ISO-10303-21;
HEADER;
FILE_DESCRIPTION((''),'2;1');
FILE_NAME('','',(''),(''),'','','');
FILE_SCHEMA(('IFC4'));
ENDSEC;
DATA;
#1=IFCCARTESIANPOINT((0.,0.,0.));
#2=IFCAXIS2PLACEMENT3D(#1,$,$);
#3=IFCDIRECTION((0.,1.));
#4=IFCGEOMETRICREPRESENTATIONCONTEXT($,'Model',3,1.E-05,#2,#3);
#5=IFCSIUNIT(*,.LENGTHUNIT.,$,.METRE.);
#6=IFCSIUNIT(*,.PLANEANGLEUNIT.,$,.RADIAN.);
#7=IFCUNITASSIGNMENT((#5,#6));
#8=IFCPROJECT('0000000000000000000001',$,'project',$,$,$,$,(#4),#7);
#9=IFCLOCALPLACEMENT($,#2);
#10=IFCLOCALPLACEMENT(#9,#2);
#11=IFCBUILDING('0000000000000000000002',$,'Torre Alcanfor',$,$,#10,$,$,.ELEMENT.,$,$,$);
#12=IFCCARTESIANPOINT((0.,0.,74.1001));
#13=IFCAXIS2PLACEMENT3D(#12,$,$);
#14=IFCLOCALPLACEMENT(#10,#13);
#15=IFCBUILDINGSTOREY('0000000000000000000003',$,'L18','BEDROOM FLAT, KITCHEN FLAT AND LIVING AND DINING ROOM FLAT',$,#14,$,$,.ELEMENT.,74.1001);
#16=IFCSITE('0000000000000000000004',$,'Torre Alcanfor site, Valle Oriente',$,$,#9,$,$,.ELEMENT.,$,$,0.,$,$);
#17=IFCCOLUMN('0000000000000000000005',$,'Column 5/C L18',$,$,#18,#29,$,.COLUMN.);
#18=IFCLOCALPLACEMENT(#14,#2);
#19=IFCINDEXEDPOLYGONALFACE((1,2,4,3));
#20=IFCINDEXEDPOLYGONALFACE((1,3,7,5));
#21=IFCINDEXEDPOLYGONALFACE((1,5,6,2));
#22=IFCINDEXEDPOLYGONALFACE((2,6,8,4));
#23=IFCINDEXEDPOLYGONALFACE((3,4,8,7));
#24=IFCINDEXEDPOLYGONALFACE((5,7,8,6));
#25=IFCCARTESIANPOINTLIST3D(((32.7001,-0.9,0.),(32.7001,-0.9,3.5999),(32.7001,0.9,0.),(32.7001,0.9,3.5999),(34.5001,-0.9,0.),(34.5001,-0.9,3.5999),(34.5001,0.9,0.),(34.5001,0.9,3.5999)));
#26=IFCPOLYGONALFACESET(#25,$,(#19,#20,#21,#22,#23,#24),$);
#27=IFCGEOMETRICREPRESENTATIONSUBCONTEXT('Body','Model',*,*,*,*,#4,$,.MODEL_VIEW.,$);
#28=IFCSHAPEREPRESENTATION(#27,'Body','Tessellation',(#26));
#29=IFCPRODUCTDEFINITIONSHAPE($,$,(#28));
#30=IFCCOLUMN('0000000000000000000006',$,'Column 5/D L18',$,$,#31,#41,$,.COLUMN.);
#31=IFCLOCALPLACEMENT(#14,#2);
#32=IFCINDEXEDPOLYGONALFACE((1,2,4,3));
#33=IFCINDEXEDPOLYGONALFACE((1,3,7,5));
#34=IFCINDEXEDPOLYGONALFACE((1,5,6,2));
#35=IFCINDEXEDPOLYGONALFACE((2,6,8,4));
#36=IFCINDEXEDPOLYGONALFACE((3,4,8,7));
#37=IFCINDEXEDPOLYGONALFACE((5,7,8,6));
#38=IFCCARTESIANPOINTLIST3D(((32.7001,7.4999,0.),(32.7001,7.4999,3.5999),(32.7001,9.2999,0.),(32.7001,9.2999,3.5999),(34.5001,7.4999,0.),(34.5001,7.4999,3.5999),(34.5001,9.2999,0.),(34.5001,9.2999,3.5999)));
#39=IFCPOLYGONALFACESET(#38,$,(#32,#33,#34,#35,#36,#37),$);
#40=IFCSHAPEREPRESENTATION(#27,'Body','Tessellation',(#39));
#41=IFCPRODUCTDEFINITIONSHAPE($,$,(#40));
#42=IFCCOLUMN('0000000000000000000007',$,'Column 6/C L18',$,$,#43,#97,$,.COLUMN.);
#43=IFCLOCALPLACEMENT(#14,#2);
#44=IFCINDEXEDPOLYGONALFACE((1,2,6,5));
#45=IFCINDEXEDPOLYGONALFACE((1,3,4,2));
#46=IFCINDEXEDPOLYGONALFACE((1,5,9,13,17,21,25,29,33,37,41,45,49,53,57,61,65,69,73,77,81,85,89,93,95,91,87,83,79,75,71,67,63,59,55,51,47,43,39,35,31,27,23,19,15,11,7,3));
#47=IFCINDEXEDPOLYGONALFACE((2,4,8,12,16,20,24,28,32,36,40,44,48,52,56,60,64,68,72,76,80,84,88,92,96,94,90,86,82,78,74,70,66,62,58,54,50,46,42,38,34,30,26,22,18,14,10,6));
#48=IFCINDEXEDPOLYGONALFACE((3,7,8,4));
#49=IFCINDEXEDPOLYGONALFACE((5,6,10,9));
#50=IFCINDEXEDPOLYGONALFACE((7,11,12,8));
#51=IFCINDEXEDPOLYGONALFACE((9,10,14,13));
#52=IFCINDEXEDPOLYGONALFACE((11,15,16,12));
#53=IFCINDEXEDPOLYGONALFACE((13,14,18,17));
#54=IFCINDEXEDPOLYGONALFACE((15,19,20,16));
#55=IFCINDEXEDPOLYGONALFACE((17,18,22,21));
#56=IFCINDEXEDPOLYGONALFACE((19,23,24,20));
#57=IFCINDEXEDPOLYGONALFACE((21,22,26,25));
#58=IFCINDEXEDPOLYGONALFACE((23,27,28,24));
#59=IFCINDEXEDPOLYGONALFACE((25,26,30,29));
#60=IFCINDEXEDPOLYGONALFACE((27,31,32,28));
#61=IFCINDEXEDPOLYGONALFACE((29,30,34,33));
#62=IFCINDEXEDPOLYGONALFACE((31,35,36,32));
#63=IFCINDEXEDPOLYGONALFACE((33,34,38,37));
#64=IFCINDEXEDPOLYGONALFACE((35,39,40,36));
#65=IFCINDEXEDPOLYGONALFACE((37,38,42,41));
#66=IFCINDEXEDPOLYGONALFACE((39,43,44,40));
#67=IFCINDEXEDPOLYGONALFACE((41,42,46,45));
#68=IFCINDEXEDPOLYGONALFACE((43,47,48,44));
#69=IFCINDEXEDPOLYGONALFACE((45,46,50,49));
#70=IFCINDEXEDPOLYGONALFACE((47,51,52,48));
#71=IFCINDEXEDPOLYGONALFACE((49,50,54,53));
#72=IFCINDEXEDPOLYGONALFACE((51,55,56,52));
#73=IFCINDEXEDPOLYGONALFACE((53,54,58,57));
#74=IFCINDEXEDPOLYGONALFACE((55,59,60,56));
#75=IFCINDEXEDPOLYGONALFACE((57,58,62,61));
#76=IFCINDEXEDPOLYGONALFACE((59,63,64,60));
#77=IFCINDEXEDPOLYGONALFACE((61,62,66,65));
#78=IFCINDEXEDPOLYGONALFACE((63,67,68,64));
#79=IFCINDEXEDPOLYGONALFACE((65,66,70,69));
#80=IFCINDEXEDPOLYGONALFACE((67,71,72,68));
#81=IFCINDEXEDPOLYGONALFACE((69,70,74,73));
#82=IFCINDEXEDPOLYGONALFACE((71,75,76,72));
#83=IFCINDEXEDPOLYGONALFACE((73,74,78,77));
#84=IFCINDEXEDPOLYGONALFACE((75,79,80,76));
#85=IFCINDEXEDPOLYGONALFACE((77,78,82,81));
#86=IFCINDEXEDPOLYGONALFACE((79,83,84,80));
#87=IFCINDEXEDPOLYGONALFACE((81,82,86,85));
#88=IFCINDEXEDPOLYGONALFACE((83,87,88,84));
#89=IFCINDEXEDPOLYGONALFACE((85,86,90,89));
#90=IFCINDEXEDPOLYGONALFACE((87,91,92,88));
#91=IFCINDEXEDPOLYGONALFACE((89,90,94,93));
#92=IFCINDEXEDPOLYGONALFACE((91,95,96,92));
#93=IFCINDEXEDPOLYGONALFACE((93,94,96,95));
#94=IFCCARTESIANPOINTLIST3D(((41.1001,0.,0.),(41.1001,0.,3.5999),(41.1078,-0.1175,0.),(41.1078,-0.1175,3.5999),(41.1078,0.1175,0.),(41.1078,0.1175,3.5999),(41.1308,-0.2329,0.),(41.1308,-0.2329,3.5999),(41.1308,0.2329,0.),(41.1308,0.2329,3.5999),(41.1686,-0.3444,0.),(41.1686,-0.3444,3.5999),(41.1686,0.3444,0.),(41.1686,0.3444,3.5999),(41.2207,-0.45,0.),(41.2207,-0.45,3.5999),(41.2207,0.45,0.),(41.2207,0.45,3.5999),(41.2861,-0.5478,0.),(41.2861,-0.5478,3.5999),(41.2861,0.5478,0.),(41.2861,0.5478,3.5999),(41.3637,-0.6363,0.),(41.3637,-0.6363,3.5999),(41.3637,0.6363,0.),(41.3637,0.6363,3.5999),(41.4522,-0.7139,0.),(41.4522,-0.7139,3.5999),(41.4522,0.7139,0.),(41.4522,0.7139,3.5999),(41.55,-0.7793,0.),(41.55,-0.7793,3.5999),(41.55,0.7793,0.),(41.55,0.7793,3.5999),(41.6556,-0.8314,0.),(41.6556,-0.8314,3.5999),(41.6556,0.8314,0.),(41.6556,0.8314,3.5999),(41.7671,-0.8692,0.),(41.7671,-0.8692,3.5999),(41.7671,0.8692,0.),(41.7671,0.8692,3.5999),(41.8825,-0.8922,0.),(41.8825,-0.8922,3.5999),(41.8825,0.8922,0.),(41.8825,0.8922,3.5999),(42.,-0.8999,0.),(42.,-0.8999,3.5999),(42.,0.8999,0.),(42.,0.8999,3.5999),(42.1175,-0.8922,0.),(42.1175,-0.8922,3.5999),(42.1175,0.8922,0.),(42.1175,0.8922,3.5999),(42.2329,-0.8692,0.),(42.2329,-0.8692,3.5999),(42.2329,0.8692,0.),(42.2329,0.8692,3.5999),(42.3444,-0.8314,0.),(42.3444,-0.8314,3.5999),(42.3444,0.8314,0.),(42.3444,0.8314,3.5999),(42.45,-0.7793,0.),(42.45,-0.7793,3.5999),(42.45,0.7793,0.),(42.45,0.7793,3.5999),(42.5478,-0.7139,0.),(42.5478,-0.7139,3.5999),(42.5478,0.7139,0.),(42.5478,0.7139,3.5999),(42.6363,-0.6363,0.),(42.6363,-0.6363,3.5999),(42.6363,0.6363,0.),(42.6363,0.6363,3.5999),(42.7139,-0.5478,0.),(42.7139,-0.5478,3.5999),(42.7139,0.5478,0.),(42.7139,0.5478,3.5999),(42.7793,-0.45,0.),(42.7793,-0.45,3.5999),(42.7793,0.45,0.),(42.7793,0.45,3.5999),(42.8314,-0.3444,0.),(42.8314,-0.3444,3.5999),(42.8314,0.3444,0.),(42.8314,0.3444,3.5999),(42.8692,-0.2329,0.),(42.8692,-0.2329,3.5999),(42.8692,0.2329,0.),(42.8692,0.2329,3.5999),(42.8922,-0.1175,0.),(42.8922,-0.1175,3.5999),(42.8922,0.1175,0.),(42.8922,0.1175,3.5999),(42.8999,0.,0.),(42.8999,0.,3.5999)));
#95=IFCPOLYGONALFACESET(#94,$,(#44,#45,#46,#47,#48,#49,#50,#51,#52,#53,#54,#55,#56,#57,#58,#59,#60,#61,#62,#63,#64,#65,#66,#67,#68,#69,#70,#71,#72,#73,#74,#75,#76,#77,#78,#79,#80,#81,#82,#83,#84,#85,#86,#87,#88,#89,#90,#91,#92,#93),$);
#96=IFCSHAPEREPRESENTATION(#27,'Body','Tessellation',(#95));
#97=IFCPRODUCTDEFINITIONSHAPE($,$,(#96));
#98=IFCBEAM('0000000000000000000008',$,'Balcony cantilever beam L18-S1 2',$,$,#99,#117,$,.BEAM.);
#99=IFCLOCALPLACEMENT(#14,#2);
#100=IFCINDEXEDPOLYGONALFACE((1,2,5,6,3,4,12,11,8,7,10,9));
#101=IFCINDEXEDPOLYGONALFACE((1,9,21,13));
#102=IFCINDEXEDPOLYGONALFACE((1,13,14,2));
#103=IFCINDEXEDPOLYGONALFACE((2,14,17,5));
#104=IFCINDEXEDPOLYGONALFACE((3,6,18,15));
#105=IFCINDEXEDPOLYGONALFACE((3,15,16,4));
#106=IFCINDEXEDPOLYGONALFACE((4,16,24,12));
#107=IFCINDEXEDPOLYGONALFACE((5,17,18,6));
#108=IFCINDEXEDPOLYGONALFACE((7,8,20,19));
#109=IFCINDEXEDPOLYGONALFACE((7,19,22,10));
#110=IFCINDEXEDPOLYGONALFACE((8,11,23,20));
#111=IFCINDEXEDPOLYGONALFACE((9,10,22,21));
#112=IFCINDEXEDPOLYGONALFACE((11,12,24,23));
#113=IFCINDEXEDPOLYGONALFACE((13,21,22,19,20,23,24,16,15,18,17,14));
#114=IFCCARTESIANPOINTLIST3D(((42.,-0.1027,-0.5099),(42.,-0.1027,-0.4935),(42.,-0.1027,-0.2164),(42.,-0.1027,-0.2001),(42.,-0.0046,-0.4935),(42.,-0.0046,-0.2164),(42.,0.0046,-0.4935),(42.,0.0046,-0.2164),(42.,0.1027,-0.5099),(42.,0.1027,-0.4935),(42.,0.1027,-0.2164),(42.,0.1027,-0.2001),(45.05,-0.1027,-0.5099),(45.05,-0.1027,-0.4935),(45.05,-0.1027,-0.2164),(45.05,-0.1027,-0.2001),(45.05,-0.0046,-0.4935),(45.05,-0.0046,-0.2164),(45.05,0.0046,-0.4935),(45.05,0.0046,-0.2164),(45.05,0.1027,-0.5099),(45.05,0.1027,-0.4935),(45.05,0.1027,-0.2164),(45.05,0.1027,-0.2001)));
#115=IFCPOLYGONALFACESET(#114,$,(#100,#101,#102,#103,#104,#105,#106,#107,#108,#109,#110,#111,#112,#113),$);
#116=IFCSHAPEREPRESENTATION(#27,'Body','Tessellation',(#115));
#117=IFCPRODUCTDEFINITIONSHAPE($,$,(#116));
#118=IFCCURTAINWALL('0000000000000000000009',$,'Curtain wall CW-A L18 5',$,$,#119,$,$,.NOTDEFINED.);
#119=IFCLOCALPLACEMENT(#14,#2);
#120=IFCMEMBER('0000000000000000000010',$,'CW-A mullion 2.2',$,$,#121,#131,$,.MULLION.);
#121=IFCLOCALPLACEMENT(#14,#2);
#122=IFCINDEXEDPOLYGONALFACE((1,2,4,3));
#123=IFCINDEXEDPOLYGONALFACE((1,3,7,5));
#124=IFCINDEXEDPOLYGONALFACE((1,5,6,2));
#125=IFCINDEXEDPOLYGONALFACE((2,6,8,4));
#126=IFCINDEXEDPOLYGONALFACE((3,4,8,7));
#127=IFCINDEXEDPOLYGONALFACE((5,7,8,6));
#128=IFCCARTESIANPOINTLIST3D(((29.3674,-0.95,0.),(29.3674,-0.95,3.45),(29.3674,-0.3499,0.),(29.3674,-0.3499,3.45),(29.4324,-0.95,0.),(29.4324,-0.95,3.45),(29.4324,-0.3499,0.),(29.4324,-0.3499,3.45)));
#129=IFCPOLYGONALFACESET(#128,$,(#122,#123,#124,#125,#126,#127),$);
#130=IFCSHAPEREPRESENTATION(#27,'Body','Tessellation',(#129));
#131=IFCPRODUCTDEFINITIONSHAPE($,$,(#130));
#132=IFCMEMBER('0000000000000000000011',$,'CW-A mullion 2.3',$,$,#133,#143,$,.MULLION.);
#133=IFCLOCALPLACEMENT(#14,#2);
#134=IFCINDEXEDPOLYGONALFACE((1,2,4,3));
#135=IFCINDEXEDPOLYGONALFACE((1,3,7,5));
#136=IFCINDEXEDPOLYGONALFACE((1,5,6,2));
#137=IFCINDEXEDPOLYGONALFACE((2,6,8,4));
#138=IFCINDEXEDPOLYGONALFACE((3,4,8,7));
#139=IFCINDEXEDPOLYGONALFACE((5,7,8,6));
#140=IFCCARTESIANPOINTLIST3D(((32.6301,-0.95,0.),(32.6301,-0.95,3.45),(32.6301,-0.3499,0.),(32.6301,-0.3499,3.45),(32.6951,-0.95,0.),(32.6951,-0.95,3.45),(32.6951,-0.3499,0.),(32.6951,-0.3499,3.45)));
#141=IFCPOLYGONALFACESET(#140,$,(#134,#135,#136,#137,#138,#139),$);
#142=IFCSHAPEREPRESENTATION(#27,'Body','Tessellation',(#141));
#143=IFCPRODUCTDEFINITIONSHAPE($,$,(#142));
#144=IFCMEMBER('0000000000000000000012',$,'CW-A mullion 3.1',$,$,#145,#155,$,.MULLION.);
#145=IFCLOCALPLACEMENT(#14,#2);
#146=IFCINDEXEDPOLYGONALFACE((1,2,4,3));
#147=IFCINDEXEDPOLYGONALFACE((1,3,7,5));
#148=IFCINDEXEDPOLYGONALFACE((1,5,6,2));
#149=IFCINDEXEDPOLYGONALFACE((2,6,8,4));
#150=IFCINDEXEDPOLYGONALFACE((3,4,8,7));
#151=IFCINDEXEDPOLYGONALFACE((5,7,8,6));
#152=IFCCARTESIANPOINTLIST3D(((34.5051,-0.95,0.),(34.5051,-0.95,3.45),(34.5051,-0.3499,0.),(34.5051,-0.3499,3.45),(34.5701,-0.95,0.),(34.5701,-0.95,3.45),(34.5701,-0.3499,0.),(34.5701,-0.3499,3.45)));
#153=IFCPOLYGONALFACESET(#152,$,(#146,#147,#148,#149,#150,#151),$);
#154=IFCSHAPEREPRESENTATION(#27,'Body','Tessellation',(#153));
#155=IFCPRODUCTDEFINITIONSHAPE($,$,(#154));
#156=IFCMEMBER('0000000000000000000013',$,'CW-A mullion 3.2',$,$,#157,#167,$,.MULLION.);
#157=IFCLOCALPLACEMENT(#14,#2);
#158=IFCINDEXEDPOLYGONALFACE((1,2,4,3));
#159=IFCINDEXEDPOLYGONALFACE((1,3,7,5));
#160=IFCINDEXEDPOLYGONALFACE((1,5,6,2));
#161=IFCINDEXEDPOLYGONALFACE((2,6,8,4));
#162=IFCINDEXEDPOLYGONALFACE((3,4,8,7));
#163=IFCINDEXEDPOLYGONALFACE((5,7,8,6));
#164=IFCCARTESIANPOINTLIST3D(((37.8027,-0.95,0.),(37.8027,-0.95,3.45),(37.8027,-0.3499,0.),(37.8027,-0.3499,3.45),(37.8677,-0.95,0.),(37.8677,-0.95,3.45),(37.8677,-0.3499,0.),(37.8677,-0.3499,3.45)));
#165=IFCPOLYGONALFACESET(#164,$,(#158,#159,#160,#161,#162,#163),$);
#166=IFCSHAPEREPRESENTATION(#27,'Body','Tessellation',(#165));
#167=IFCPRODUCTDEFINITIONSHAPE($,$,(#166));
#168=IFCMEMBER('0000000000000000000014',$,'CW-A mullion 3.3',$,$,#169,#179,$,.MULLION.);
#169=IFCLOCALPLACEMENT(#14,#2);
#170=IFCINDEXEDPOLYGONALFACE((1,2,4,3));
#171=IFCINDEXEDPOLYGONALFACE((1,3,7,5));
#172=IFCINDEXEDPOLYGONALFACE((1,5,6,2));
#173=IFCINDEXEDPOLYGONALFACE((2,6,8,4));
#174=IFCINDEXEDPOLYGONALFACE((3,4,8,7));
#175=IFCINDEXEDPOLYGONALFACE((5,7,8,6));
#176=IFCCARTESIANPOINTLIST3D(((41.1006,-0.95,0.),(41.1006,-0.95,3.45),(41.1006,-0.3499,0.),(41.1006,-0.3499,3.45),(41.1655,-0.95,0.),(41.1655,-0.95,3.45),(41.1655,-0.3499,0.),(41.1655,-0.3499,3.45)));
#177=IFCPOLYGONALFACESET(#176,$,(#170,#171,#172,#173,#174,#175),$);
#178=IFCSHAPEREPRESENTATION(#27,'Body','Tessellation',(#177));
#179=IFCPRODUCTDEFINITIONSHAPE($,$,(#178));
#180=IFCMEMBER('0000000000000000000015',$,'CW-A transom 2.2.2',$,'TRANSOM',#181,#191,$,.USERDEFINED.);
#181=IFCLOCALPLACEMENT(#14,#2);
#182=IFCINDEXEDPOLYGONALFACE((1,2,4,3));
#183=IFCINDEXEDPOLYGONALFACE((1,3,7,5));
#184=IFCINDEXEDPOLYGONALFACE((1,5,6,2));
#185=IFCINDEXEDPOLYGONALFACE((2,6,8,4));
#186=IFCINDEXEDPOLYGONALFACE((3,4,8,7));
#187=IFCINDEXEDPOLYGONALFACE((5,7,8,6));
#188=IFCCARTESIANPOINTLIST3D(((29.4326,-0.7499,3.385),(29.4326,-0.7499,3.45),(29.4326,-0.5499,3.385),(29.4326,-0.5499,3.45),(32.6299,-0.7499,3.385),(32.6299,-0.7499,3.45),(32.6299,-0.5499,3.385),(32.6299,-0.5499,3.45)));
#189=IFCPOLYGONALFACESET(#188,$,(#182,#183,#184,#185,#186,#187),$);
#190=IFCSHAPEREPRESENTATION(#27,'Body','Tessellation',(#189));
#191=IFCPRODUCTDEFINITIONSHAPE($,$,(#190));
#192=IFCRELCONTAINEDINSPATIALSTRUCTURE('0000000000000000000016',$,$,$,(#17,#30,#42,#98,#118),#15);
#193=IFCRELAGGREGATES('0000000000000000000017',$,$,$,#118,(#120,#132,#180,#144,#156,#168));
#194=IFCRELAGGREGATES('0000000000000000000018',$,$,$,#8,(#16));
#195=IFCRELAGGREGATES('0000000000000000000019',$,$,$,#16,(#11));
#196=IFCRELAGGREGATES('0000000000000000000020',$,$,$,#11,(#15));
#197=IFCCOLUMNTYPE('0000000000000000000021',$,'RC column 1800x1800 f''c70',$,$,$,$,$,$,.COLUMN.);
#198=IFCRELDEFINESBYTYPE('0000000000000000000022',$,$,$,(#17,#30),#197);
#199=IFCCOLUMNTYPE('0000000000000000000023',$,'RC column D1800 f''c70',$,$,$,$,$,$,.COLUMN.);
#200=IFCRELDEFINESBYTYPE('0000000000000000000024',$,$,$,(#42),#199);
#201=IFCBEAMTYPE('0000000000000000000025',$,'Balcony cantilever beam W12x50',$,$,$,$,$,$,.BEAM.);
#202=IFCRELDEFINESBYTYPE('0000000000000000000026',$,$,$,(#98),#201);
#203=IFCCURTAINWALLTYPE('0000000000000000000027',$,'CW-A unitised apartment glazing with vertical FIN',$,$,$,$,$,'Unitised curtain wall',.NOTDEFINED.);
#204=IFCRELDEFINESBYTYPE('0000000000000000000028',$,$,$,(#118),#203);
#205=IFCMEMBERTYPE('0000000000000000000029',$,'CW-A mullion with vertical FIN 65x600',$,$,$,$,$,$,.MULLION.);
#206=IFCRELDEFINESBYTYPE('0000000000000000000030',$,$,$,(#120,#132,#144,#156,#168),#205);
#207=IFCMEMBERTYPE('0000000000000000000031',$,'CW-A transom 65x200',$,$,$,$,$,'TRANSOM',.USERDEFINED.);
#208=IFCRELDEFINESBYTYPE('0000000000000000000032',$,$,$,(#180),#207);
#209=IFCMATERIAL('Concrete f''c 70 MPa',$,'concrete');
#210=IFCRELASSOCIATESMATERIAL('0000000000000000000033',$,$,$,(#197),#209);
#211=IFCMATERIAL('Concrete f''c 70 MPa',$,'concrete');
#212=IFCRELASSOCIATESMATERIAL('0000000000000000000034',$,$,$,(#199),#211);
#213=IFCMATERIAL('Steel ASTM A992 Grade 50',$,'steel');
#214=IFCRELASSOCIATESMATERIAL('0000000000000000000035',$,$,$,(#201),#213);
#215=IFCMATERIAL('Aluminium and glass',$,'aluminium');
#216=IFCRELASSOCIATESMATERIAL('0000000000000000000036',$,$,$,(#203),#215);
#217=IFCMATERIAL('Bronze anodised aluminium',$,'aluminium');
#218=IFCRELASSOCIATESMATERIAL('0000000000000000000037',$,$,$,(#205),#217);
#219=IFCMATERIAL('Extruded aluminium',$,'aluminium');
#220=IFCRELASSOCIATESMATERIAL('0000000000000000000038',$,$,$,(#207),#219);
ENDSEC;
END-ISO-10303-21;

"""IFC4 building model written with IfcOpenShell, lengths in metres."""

from ifc_helpers import new_model, si_unit, direction, frame, origin, origin_2d, place, context, subcontext, project, spatial, rectangle, circle, i_section, extrude, material, material_profile, profile_set, type_object, element, aggregate, save


model = new_model("IFC4")

# Units and contexts
model_context = context("Model", 3, precision=1e-05, world=origin(), true_north=direction((0.0, 1.0)))
body_context = subcontext(model_context, "Body", "Model", "MODEL_VIEW")
ifc_project = project(units=[si_unit("LENGTHUNIT", "METRE"), si_unit("PLANEANGLEUNIT", "RADIAN")], contexts=[model_context])

# Site, building, storey
site_placement = place(None, origin())
site = spatial("IfcSite", under=ifc_project, at=site_placement, Name="Torre Alcanfor site, Valle Oriente", CompositionType="ELEMENT", RefElevation=0.0)
building_placement = place(site_placement, origin())
building = spatial("IfcBuilding", under=site, at=building_placement, Name="Torre Alcanfor", CompositionType="ELEMENT")
storey_placement = place(building_placement, frame((0.0, 0.0, 74.1001)))
storey = spatial("IfcBuildingStorey", under=building, at=storey_placement, Name="L18", Description="BEDROOM FLAT, KITCHEN FLAT AND LIVING AND DINING ROOM FLAT", CompositionType="ELEMENT", Elevation=74.1001)

# Columns
ifc_material_1 = material(Name="Concrete f'c 70 MPa", Category="concrete")
ifc_material_profile_1 = material_profile(ifc_material_1, rectangle(XDim=1.8, YDim=1.8, at=origin_2d()), Name="1800x1800")
ifc_profile_set_1 = profile_set([ifc_material_profile_1], Name="Concrete f'c 70 MPa")
column_type_1 = type_object("IfcColumnType", Name="RC column 1800x1800 f'c70", PredefinedType="COLUMN", material=ifc_profile_set_1)
for number, where, z_axis, x_axis, name in (
    (1, (33.6001, 0.0, 0.0), (0.0, 0.0, 1.0), (1.0, 0.0, 0.0), "Column 5/C L18"),
    (2, (33.6001, 8.3999, 0.0), (0.0, 0.0, 1.0), (1.0, 0.0, 0.0), "Column 5/D L18"),
):
    element("IfcColumn", number, at=place(storey_placement, frame(where, z_axis=z_axis, x_axis=x_axis)), inside=storey, type_object=column_type_1, Name=name, PredefinedType="COLUMN", context=body_context, shape_type="SweptSolid", body=[
        extrude(rectangle(XDim=1.8, YDim=1.8, at=origin_2d()), origin(), (0.0, 0.0, 1.0), 3.5999),
    ])
ifc_material_2 = material(Name="Concrete f'c 70 MPa", Category="concrete")
ifc_material_profile_2 = material_profile(ifc_material_2, circle(Radius=0.8999, at=origin_2d()), Name="D1800")
ifc_profile_set_2 = profile_set([ifc_material_profile_2], Name="Concrete f'c 70 MPa")
column_type_2 = type_object("IfcColumnType", Name="RC column D1800 f'c70", PredefinedType="COLUMN", material=ifc_profile_set_2)
column_placement = place(storey_placement, frame((42.0, 0.0, 0.0), z_axis=(0.0, 0.0, 1.0), x_axis=(1.0, 0.0, 0.0)))
element("IfcColumn", 3, at=column_placement, inside=storey, type_object=column_type_2, Name="Column 6/C L18", PredefinedType="COLUMN", context=body_context, shape_type="SweptSolid", body=[
    extrude(circle(Radius=0.8999, at=origin_2d()), origin(), (0.0, 0.0, 1.0), 3.5999),
])

# Beam
ifc_material_3 = material(Name="Steel ASTM A992 Grade 50", Category="steel")
ifc_material_profile_3 = material_profile(ifc_material_3, i_section(OverallWidth=0.2053, OverallDepth=0.3098, WebThickness=0.0093, FlangeThickness=0.0164, at=origin_2d()), Name="W12x50")
ifc_profile_set_3 = profile_set([ifc_material_profile_3], Name="Steel ASTM A992 Grade 50")
beam_type_1 = type_object("IfcBeamType", Name="Balcony cantilever beam W12x50", PredefinedType="BEAM", material=ifc_profile_set_3)
beam_1_placement = place(storey_placement, frame((42.0, 0.0, -0.355), z_axis=(1.0, 0.0, 0.0), x_axis=(0.0, 1.0, 0.0)))
element("IfcBeam", 4, at=beam_1_placement, inside=storey, type_object=beam_type_1, Name="Balcony cantilever beam L18-S1 2", PredefinedType="BEAM", context=body_context, shape_type="SweptSolid", body=[
    extrude(i_section(OverallWidth=0.2053, OverallDepth=0.3098, WebThickness=0.0093, FlangeThickness=0.0164, at=origin_2d()), origin(), (0.0, 0.0, 1.0), 3.05),
])

# Curtain wall, members
ifc_material_4 = material(Name="Aluminium and glass", Category="aluminium")
curtain_wall_type = type_object("IfcCurtainWallType", Name="CW-A unitised apartment glazing with vertical FIN", ElementType="Unitised curtain wall", PredefinedType="NOTDEFINED", material=ifc_material_4)
curtain_wall_placement = place(storey_placement, origin())
curtain_wall = element("IfcCurtainWall", 5, at=curtain_wall_placement, inside=storey, type_object=curtain_wall_type, Name="Curtain wall CW-A L18 5", PredefinedType="NOTDEFINED")
ifc_material_5 = material(Name="Bronze anodised aluminium", Category="aluminium")
ifc_material_profile_4 = material_profile(ifc_material_5, rectangle(XDim=0.6001, YDim=0.0649, at=origin_2d()), Name="CW-A mullion 65x600")
ifc_profile_set_4 = profile_set([ifc_material_profile_4], Name="Bronze anodised aluminium")
member_type_1 = type_object("IfcMemberType", Name="CW-A mullion with vertical FIN 65x600", PredefinedType="MULLION", material=ifc_profile_set_4)
member_1_placement = place(storey_placement, frame((29.3999, -0.6499, 0.0), z_axis=(0.0, 0.0, 1.0), x_axis=(0.0, 1.0, 0.0)))
member_1 = element("IfcMember", 6, at=member_1_placement, type_object=member_type_1, Name="CW-A mullion 2.2", PredefinedType="MULLION", context=body_context, shape_type="SweptSolid", body=[
    extrude(rectangle(XDim=0.6001, YDim=0.0649, at=origin_2d()), origin(), (0.0, 0.0, 1.0), 3.45),
])
member_2_placement = place(storey_placement, frame((32.6626, -0.6499, 0.0), z_axis=(0.0, 0.0, 1.0), x_axis=(0.0, 1.0, 0.0)))
member_2 = element("IfcMember", 7, at=member_2_placement, type_object=member_type_1, Name="CW-A mullion 2.3", PredefinedType="MULLION", context=body_context, shape_type="SweptSolid", body=[
    extrude(rectangle(XDim=0.6001, YDim=0.0649, at=origin_2d()), origin(), (0.0, 0.0, 1.0), 3.45),
])
member_3_placement = place(storey_placement, frame((34.5376, -0.6499, 0.0), z_axis=(0.0, 0.0, 1.0), x_axis=(0.0, 1.0, 0.0)))
member_3 = element("IfcMember", 8, at=member_3_placement, type_object=member_type_1, Name="CW-A mullion 3.1", PredefinedType="MULLION", context=body_context, shape_type="SweptSolid", body=[
    extrude(rectangle(XDim=0.6001, YDim=0.0649, at=origin_2d()), origin(), (0.0, 0.0, 1.0), 3.45),
])
member_4_placement = place(storey_placement, frame((37.8352, -0.6499, 0.0), z_axis=(0.0, 0.0, 1.0), x_axis=(0.0, 1.0, 0.0)))
member_4 = element("IfcMember", 9, at=member_4_placement, type_object=member_type_1, Name="CW-A mullion 3.2", PredefinedType="MULLION", context=body_context, shape_type="SweptSolid", body=[
    extrude(rectangle(XDim=0.6001, YDim=0.0649, at=origin_2d()), origin(), (0.0, 0.0, 1.0), 3.45),
])
member_5_placement = place(storey_placement, frame((41.1331, -0.6499, 0.0), z_axis=(0.0, 0.0, 1.0), x_axis=(0.0, 1.0, 0.0)))
member_5 = element("IfcMember", 10, at=member_5_placement, type_object=member_type_1, Name="CW-A mullion 3.3", PredefinedType="MULLION", context=body_context, shape_type="SweptSolid", body=[
    extrude(rectangle(XDim=0.6001, YDim=0.0649, at=origin_2d()), origin(), (0.0, 0.0, 1.0), 3.45),
])
ifc_material_6 = material(Name="Extruded aluminium", Category="aluminium")
ifc_material_profile_5 = material_profile(ifc_material_6, rectangle(XDim=0.2, YDim=0.0649, at=origin_2d()), Name="CW-A transom 200x65")
ifc_profile_set_5 = profile_set([ifc_material_profile_5], Name="Extruded aluminium")
member_type_2 = type_object("IfcMemberType", Name="CW-A transom 65x200", ElementType="TRANSOM", PredefinedType="USERDEFINED", material=ifc_profile_set_5)
member_6_placement = place(storey_placement, frame((29.4326, -0.6499, 3.4175), z_axis=(1.0, 0.0, 0.0), x_axis=(0.0, 1.0, 0.0)))
member_6 = element("IfcMember", 11, at=member_6_placement, type_object=member_type_2, Name="CW-A transom 2.2.2", ObjectType="TRANSOM", PredefinedType="USERDEFINED", context=body_context, shape_type="SweptSolid", body=[
    extrude(rectangle(XDim=0.2, YDim=0.0649, at=origin_2d()), origin(), (0.0, 0.0, 1.0), 3.1973),
])

aggregate(curtain_wall, [member_1, member_2, member_6, member_3, member_4, member_5])

save(model, "model.ifc")
